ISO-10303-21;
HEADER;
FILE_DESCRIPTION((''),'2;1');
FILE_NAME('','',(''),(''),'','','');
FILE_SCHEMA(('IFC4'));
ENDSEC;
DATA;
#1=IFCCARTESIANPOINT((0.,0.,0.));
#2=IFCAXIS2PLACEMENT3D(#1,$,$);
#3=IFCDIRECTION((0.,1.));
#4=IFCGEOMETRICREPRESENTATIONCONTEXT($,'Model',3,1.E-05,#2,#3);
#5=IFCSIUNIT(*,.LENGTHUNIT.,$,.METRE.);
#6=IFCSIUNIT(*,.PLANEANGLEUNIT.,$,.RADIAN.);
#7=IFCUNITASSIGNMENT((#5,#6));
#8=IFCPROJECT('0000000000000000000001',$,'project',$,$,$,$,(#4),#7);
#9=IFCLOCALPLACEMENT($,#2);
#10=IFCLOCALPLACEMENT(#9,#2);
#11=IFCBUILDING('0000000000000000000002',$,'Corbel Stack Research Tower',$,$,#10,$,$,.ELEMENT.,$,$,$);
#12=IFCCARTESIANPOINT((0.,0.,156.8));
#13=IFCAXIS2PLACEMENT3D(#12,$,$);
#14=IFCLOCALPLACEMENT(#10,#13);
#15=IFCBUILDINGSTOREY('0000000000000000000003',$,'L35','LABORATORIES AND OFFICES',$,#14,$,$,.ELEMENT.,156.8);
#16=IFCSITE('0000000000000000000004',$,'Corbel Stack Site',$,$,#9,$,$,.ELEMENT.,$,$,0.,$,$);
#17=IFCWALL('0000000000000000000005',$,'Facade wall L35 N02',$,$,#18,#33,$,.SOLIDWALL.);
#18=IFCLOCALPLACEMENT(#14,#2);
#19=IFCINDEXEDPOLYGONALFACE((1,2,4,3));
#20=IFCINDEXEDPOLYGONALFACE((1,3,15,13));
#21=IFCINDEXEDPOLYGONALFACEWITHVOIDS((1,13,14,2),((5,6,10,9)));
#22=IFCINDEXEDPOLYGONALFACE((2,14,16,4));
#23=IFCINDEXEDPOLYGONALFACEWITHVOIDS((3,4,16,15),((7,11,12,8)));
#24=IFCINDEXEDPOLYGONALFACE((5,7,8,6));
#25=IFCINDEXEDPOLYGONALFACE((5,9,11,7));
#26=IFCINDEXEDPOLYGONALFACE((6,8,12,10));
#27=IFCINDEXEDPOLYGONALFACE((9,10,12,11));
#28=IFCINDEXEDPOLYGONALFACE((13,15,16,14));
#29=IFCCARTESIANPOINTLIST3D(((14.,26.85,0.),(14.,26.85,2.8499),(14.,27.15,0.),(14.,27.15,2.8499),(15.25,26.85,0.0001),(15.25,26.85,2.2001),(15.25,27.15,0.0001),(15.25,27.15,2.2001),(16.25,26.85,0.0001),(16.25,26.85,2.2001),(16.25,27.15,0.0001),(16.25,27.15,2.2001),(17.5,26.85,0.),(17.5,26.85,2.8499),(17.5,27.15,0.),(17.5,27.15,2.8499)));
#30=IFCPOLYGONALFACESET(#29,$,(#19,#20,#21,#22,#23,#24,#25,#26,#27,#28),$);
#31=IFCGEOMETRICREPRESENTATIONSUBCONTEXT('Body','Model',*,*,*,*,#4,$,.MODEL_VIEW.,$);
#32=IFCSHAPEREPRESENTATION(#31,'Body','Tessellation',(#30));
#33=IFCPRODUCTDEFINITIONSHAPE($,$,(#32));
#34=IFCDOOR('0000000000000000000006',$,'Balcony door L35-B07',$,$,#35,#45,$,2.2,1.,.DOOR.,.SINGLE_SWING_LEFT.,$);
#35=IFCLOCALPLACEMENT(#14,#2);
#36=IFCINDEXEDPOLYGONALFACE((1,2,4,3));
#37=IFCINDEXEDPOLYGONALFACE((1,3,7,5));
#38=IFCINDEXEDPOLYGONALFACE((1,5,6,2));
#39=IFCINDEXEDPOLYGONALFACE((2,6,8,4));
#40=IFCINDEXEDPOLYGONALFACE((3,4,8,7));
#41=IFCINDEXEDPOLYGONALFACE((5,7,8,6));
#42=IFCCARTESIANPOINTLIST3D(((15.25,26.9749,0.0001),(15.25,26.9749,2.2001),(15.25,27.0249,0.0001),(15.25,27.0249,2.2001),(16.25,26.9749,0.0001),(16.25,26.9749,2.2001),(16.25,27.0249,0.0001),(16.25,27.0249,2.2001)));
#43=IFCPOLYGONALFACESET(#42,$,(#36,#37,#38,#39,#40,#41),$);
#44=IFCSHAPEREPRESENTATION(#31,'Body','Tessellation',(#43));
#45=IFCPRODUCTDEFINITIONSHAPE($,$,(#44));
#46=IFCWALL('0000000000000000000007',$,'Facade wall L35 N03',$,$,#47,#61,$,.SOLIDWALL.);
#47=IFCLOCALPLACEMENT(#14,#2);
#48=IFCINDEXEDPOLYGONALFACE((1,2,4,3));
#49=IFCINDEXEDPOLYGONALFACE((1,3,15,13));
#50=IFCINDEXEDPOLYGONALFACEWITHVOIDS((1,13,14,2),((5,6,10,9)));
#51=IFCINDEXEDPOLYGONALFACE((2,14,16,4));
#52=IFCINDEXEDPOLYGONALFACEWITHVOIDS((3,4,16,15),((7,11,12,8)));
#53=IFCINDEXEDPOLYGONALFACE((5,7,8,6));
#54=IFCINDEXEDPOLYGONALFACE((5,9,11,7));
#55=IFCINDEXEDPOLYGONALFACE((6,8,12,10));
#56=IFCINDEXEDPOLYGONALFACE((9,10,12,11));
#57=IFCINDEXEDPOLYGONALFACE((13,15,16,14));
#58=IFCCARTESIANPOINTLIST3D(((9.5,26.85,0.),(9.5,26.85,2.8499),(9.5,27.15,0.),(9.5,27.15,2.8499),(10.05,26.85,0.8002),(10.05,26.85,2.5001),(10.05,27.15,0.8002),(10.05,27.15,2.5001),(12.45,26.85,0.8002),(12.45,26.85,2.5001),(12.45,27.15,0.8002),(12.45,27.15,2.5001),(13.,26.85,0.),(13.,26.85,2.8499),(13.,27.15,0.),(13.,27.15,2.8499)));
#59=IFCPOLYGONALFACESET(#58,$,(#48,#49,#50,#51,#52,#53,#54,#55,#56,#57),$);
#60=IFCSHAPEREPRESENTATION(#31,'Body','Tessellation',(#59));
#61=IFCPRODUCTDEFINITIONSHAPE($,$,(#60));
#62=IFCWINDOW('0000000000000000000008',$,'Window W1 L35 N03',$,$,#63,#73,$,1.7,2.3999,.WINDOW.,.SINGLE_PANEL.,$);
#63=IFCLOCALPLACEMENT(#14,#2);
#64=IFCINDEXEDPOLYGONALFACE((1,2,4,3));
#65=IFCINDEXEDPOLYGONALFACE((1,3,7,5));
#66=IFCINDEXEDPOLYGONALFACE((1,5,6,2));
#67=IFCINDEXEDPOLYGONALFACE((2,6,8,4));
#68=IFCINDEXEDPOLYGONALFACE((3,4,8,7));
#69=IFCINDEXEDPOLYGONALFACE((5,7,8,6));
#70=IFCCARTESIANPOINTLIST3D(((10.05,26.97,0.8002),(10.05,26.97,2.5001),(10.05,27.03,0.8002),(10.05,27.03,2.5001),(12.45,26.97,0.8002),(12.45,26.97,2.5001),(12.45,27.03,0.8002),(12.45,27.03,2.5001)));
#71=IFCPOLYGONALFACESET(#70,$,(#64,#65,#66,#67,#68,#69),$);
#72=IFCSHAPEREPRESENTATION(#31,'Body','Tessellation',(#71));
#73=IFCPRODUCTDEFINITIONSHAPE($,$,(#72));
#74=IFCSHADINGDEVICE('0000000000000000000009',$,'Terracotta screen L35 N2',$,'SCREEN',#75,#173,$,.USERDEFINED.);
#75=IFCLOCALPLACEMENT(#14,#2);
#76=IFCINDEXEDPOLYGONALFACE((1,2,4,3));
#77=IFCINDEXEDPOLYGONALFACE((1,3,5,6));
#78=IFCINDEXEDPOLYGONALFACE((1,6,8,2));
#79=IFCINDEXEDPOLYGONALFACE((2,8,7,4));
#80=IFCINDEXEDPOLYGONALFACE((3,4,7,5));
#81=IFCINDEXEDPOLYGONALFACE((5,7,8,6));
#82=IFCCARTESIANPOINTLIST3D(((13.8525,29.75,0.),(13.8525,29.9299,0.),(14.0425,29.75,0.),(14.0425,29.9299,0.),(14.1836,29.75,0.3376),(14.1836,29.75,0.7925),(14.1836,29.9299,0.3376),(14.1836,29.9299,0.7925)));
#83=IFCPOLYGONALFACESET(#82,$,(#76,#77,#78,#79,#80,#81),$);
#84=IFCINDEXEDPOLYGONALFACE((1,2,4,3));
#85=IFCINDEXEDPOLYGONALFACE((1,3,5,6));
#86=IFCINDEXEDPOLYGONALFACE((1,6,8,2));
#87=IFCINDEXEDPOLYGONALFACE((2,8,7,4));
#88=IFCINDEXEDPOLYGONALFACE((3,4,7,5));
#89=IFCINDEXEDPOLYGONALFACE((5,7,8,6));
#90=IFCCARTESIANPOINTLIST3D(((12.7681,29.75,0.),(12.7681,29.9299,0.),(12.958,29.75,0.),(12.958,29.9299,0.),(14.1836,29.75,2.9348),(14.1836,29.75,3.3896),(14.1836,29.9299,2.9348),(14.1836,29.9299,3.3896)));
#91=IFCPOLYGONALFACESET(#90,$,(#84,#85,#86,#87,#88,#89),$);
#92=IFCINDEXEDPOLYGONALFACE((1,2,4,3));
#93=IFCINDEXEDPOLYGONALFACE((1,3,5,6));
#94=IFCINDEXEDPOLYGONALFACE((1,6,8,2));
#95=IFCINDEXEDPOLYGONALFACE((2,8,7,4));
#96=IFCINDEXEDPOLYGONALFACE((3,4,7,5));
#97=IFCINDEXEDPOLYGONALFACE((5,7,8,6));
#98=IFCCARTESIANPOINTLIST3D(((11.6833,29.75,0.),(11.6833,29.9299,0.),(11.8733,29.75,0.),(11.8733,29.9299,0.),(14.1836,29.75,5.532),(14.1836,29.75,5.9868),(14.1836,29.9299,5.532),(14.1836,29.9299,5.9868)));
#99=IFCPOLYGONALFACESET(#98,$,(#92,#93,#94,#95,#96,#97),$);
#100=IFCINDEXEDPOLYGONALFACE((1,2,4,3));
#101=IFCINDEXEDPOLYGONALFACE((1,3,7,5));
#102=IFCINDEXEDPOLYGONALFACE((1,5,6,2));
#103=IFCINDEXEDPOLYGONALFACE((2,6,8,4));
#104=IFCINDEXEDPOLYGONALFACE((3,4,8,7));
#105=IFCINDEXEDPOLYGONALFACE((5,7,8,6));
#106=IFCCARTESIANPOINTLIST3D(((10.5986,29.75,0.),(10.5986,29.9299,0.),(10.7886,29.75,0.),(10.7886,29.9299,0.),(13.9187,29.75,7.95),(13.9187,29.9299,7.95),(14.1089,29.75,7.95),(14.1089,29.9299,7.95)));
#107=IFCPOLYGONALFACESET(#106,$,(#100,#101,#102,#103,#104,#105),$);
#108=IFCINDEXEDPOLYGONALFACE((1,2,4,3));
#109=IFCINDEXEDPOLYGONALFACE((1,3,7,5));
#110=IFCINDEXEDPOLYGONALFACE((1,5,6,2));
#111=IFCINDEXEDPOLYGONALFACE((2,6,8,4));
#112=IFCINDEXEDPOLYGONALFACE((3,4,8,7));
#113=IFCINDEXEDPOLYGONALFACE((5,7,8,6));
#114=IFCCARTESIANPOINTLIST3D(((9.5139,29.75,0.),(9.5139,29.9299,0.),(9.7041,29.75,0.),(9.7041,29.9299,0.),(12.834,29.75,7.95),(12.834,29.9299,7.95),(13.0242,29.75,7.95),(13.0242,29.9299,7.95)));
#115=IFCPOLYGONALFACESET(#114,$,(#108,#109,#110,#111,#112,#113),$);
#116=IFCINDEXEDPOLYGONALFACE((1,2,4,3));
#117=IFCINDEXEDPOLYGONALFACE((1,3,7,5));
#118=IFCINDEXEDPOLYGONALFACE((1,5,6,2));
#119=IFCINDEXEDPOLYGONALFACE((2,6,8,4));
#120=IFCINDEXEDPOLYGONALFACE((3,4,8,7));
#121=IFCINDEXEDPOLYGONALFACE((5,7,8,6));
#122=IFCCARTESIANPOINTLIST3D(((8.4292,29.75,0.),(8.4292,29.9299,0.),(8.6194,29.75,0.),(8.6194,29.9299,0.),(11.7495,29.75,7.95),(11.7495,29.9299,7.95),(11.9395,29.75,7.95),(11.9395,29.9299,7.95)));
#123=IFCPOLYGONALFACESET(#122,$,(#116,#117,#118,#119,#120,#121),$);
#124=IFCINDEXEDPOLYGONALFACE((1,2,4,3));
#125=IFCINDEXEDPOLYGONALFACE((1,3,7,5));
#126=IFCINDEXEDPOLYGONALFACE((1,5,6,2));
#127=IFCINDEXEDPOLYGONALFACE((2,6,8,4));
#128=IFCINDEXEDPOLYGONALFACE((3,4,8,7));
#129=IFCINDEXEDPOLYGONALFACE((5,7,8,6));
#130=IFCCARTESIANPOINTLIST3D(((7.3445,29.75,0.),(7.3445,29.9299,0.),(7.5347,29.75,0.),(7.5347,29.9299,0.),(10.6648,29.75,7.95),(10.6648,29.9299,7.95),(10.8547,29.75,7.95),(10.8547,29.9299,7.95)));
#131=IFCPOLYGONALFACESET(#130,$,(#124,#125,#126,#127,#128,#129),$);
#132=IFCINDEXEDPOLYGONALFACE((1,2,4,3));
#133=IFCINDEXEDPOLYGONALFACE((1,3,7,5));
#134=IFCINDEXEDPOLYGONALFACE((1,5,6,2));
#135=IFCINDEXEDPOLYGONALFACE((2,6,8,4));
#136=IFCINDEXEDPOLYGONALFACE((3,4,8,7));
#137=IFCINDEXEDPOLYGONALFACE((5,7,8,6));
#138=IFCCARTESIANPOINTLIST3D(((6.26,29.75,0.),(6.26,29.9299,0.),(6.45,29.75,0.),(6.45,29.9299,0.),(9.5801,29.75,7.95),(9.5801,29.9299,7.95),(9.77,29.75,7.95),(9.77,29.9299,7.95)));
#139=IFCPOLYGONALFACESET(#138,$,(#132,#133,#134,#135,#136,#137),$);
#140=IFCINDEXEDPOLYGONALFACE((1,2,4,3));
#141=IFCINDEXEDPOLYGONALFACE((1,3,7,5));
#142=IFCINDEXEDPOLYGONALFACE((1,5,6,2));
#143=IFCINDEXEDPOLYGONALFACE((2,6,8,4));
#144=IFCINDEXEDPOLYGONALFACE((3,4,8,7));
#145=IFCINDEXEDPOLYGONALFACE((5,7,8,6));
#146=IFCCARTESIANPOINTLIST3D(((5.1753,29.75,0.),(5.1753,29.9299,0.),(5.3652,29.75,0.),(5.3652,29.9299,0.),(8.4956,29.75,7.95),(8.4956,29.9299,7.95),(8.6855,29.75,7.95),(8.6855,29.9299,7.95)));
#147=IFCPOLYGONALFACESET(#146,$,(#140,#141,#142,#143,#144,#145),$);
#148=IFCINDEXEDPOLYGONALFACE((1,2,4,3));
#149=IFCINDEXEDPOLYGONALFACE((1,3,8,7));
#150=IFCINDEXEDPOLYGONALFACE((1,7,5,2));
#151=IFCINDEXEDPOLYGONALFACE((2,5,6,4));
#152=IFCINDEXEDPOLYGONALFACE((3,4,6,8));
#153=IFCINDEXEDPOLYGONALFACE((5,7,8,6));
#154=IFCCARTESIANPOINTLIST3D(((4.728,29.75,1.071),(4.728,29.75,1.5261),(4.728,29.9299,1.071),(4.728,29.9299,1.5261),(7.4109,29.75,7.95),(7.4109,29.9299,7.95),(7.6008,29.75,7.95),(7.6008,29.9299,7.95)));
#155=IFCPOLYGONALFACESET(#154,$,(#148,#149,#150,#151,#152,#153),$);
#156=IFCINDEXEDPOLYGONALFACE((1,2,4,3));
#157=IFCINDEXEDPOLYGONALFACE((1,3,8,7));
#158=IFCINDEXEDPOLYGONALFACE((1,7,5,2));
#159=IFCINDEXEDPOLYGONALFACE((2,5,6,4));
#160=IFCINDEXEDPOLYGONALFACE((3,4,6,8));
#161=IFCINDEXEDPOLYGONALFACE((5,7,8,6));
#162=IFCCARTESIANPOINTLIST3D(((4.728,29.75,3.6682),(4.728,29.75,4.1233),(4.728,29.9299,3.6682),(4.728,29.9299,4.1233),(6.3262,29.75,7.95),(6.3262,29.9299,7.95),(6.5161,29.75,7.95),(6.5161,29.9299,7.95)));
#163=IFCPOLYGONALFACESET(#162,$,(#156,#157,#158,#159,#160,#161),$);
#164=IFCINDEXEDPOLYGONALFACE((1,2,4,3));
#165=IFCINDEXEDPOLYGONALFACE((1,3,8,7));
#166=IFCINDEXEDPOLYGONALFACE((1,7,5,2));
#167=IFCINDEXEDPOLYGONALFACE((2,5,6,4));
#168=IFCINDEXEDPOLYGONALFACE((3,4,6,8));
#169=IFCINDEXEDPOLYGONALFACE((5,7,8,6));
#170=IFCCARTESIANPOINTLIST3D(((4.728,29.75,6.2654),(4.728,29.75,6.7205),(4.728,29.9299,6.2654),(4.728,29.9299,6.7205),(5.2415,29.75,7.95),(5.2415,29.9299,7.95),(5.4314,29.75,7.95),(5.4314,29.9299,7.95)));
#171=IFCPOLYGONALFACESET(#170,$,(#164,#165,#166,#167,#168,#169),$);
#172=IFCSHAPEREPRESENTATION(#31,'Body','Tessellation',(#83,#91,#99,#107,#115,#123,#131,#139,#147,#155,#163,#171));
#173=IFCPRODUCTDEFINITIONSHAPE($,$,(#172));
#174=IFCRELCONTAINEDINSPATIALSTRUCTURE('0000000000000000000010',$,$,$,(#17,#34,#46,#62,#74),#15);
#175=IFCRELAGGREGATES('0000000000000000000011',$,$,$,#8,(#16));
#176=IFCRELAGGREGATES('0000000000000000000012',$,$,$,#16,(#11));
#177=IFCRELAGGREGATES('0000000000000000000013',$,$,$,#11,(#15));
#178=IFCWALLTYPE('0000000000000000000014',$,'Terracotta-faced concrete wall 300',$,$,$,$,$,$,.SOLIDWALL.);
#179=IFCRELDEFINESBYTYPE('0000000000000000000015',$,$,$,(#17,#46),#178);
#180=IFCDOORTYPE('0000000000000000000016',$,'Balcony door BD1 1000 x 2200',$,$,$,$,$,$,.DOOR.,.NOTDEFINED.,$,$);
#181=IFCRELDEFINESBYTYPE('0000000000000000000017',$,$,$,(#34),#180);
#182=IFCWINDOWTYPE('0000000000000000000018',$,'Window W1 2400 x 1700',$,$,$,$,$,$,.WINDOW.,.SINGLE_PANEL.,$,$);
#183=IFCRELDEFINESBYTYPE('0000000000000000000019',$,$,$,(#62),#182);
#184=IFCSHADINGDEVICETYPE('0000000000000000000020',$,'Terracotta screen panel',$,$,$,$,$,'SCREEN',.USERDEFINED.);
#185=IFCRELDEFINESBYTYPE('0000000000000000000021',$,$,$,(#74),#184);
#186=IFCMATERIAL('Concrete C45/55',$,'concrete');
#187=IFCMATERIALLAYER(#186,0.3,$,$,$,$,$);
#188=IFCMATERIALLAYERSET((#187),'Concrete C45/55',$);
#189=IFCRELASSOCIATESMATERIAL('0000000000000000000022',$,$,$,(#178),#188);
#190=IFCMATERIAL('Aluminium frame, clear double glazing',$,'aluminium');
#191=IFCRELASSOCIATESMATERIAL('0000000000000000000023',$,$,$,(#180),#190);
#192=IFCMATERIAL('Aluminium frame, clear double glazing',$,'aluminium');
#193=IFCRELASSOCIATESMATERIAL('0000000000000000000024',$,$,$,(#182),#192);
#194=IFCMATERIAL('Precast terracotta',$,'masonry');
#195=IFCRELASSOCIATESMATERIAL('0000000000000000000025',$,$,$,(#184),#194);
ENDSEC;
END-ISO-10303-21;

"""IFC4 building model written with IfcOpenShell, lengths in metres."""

from ifc_helpers import new_model, si_unit, direction, frame, frame_2d, origin, place, context, subcontext, project, spatial, polyline, rectangle, outline, extrude, source, transform, mapped, material, layer, layer_set, type_object, element, fill, save


model = new_model("IFC4")

# Units and contexts
model_context = context("Model", 3, precision=1e-05, world=origin(), true_north=direction((0.0, 1.0)))
body_context = subcontext(model_context, "Body", "Model", "MODEL_VIEW")
ifc_project = project(units=[si_unit("LENGTHUNIT", "METRE"), si_unit("PLANEANGLEUNIT", "RADIAN")], contexts=[model_context])

# Site, building, storey
site_placement = place(None, origin())
site = spatial("IfcSite", under=ifc_project, at=site_placement, Name="Corbel Stack Site", CompositionType="ELEMENT", RefElevation=0.0)
building_placement = place(site_placement, origin())
building = spatial("IfcBuilding", under=site, at=building_placement, Name="Corbel Stack Research Tower", CompositionType="ELEMENT")
storey_placement = place(building_placement, frame((0.0, 0.0, 156.8)))
storey = spatial("IfcBuildingStorey", under=building, at=storey_placement, Name="L35", Description="LABORATORIES AND OFFICES", CompositionType="ELEMENT", Elevation=156.8)

# Wall, opening, door
ifc_material_1 = material(Name="Concrete C45/55", Category="concrete")
ifc_layer_1 = layer(ifc_material_1, 0.3)
ifc_layer_set_1 = layer_set([ifc_layer_1], Name="Concrete C45/55")
wall_type_1 = type_object("IfcWallType", Name="Terracotta-faced concrete wall 300", PredefinedType="SOLIDWALL", material=ifc_layer_set_1)
wall_1_placement = place(storey_placement, frame((14.0, 27.0, 0.0), z_axis=(0.0, 0.0, 1.0), x_axis=(1.0, 0.0, 0.0)))
wall_1 = element("IfcWall", 1, at=wall_1_placement, inside=storey, type_object=wall_type_1, Name="Facade wall L35 N02", PredefinedType="SOLIDWALL", context=body_context, shape_type="SweptSolid", body=[
    extrude(rectangle(XDim=3.5, YDim=0.3, at=frame_2d((1.75, 0.0))), origin(), (0.0, 0.0, 1.0), 2.8499),
])
opening_1_placement = place(wall_1_placement, frame((1.25, 0.0, 0.0)))
opening_1 = element("IfcOpeningElement", 2, at=opening_1_placement, cuts=wall_1, PredefinedType="OPENING", context=body_context, shape_type="SweptSolid", body=[
    extrude(rectangle(XDim=1.0, YDim=2.2, at=frame_2d((0.5, 1.1001))), frame((0.0, 0.1599, 0.0), z_axis=(0.0, -1.0, 0.0), x_axis=(1.0, 0.0, 0.0)), (0.0, 0.0, 1.0), 0.3201),
])
ifc_material_2 = material(Name="Aluminium frame, clear double glazing", Category="aluminium")
door_type_1 = type_object("IfcDoorType", Name="Balcony door BD1 1000 x 2200", OperationType="NOTDEFINED", PredefinedType="DOOR", material=ifc_material_2)
door_1_placement = place(opening_1_placement, origin())
door_1 = element("IfcDoor", 3, at=door_1_placement, inside=storey, type_object=door_type_1, Name="Balcony door L35-B07", OperationType="SINGLE_SWING_LEFT", OverallHeight=2.2, OverallWidth=1.0, PredefinedType="DOOR", context=body_context, shape_type="SweptSolid", body=[
    extrude(rectangle(XDim=1.0, YDim=2.2, at=frame_2d((0.5, 1.1001))), frame((0.0, 0.0249, 0.0), z_axis=(0.0, -1.0, 0.0), x_axis=(1.0, 0.0, 0.0)), (0.0, 0.0, 1.0), 0.05),
])
fill(opening_1, door_1)

# Wall, opening, window
wall_2_placement = place(storey_placement, frame((9.5, 27.0, 0.0), z_axis=(0.0, 0.0, 1.0), x_axis=(1.0, 0.0, 0.0)))
wall_2 = element("IfcWall", 4, at=wall_2_placement, inside=storey, type_object=wall_type_1, Name="Facade wall L35 N03", PredefinedType="SOLIDWALL", context=body_context, shape_type="SweptSolid", body=[
    extrude(rectangle(XDim=3.5, YDim=0.3, at=frame_2d((1.75, 0.0))), origin(), (0.0, 0.0, 1.0), 2.8499),
])
opening_2_placement = place(wall_2_placement, frame((0.55, 0.0, 0.8)))
opening_2 = element("IfcOpeningElement", 5, at=opening_2_placement, cuts=wall_2, PredefinedType="OPENING", context=body_context, shape_type="SweptSolid", body=[
    extrude(rectangle(XDim=2.3999, YDim=1.7, at=frame_2d((1.2, 0.8501))), frame((0.0, 0.1599, 0.0), z_axis=(0.0, -1.0, 0.0), x_axis=(1.0, 0.0, 0.0)), (0.0, 0.0, 1.0), 0.3201),
])
ifc_material_3 = material(Name="Aluminium frame, clear double glazing", Category="aluminium")
window_type = type_object("IfcWindowType", Name="Window W1 2400 x 1700", PartitioningType="SINGLE_PANEL", PredefinedType="WINDOW", material=ifc_material_3)
window_placement = place(opening_2_placement, origin())
window = element("IfcWindow", 6, at=window_placement, inside=storey, type_object=window_type, Name="Window W1 L35 N03", OverallHeight=1.7, OverallWidth=2.3999, PartitioningType="SINGLE_PANEL", PredefinedType="WINDOW", context=body_context, shape_type="SweptSolid", body=[
    extrude(rectangle(XDim=2.3999, YDim=1.7, at=frame_2d((1.2, 0.8501))), frame((0.0, 0.03, 0.0), z_axis=(0.0, -1.0, 0.0), x_axis=(1.0, 0.0, 0.0)), (0.0, 0.0, 1.0), 0.0601),
])
fill(opening_2, window)

# Shading device
ifc_material_4 = material(Name="Precast terracotta", Category="masonry")
shading_device_type = type_object("IfcShadingDeviceType", Name="Terracotta screen panel", ElementType="SCREEN", PredefinedType="USERDEFINED", material=ifc_material_4)
shared_shape = source(origin(), body_context, "Body", "SweptSolid", [
    extrude(outline(polyline([(0.3311, 0.0), (0.0, 0.7925), (0.0, 0.3376), (0.1411, 0.0), (0.3311, 0.0)])), frame((0.0, 0.0, 0.0), z_axis=(0.0, -1.0, 0.0), x_axis=(1.0, 0.0, 0.0)), (0.0, 0.0, 1.0), 0.1799),
    extrude(outline(polyline([(1.4155, 0.0), (0.0, 3.3896), (0.0, 2.9348), (1.2256, 0.0), (1.4155, 0.0)])), frame((0.0, 0.0, 0.0), z_axis=(0.0, -1.0, 0.0), x_axis=(1.0, 0.0, 0.0)), (0.0, 0.0, 1.0), 0.1799),
    extrude(outline(polyline([(2.5002, 0.0), (0.0, 5.9868), (0.0, 5.532), (2.3103, 0.0), (2.5002, 0.0)])), frame((0.0, 0.0, 0.0), z_axis=(0.0, -1.0, 0.0), x_axis=(1.0, 0.0, 0.0)), (0.0, 0.0, 1.0), 0.1799),
    extrude(outline(polyline([(3.585, 0.0), (0.2649, 7.95), (0.0747, 7.95), (3.395, 0.0), (3.585, 0.0)])), frame((0.0, 0.0, 0.0), z_axis=(0.0, -1.0, 0.0), x_axis=(1.0, 0.0, 0.0)), (0.0, 0.0, 1.0), 0.1799),
    extrude(outline(polyline([(4.6697, 0.0), (1.3496, 7.95), (1.1594, 7.95), (4.4795, 0.0), (4.6697, 0.0)])), frame((0.0, 0.0, 0.0), z_axis=(0.0, -1.0, 0.0), x_axis=(1.0, 0.0, 0.0)), (0.0, 0.0, 1.0), 0.1799),
    extrude(outline(polyline([(5.7544, 0.0), (2.4341, 7.95), (2.2441, 7.95), (5.5642, 0.0), (5.7544, 0.0)])), frame((0.0, 0.0, 0.0), z_axis=(0.0, -1.0, 0.0), x_axis=(1.0, 0.0, 0.0)), (0.0, 0.0, 1.0), 0.1799),
    extrude(outline(polyline([(6.8391, 0.0), (3.5188, 7.95), (3.3289, 7.95), (6.6489, 0.0), (6.8391, 0.0)])), frame((0.0, 0.0, 0.0), z_axis=(0.0, -1.0, 0.0), x_axis=(1.0, 0.0, 0.0)), (0.0, 0.0, 1.0), 0.1799),
    extrude(outline(polyline([(7.9236, 0.0), (4.6035, 7.95), (4.4136, 7.95), (7.7336, 0.0), (7.9236, 0.0)])), frame((0.0, 0.0, 0.0), z_axis=(0.0, -1.0, 0.0), x_axis=(1.0, 0.0, 0.0)), (0.0, 0.0, 1.0), 0.1799),
    extrude(outline(polyline([(9.0083, 0.0), (5.688, 7.95), (5.498, 7.95), (8.8184, 0.0), (9.0083, 0.0)])), frame((0.0, 0.0, 0.0), z_axis=(0.0, -1.0, 0.0), x_axis=(1.0, 0.0, 0.0)), (0.0, 0.0, 1.0), 0.1799),
    extrude(outline(polyline([(6.7727, 7.95), (6.5828, 7.95), (9.4556, 1.071), (9.4556, 1.5261), (6.7727, 7.95)])), frame((0.0, 0.0, 0.0), z_axis=(0.0, -1.0, 0.0), x_axis=(1.0, 0.0, 0.0)), (0.0, 0.0, 1.0), 0.1799),
    extrude(outline(polyline([(7.8574, 7.95), (7.6675, 7.95), (9.4556, 3.6682), (9.4556, 4.1233), (7.8574, 7.95)])), frame((0.0, 0.0, 0.0), z_axis=(0.0, -1.0, 0.0), x_axis=(1.0, 0.0, 0.0)), (0.0, 0.0, 1.0), 0.1799),
    extrude(outline(polyline([(8.9421, 7.95), (8.7522, 7.95), (9.4556, 6.2654), (9.4556, 6.7205), (8.9421, 7.95)])), frame((0.0, 0.0, 0.0), z_axis=(0.0, -1.0, 0.0), x_axis=(1.0, 0.0, 0.0)), (0.0, 0.0, 1.0), 0.1799),
])
shading_device_placement = place(storey_placement, frame((14.1836, 29.75, 0.0), z_axis=(0.0, 0.0, 1.0), x_axis=(-1.0, 0.0, 0.0)))
element("IfcShadingDevice", 7, at=shading_device_placement, inside=storey, type_object=shading_device_type, Name="Terracotta screen L35 N2", ObjectType="SCREEN", PredefinedType="USERDEFINED", context=body_context, shape_type="MappedRepresentation", body=[
    mapped(shared_shape, transform((0.0, 0.0, 0.0))),
])

save(model, "model.ifc")
